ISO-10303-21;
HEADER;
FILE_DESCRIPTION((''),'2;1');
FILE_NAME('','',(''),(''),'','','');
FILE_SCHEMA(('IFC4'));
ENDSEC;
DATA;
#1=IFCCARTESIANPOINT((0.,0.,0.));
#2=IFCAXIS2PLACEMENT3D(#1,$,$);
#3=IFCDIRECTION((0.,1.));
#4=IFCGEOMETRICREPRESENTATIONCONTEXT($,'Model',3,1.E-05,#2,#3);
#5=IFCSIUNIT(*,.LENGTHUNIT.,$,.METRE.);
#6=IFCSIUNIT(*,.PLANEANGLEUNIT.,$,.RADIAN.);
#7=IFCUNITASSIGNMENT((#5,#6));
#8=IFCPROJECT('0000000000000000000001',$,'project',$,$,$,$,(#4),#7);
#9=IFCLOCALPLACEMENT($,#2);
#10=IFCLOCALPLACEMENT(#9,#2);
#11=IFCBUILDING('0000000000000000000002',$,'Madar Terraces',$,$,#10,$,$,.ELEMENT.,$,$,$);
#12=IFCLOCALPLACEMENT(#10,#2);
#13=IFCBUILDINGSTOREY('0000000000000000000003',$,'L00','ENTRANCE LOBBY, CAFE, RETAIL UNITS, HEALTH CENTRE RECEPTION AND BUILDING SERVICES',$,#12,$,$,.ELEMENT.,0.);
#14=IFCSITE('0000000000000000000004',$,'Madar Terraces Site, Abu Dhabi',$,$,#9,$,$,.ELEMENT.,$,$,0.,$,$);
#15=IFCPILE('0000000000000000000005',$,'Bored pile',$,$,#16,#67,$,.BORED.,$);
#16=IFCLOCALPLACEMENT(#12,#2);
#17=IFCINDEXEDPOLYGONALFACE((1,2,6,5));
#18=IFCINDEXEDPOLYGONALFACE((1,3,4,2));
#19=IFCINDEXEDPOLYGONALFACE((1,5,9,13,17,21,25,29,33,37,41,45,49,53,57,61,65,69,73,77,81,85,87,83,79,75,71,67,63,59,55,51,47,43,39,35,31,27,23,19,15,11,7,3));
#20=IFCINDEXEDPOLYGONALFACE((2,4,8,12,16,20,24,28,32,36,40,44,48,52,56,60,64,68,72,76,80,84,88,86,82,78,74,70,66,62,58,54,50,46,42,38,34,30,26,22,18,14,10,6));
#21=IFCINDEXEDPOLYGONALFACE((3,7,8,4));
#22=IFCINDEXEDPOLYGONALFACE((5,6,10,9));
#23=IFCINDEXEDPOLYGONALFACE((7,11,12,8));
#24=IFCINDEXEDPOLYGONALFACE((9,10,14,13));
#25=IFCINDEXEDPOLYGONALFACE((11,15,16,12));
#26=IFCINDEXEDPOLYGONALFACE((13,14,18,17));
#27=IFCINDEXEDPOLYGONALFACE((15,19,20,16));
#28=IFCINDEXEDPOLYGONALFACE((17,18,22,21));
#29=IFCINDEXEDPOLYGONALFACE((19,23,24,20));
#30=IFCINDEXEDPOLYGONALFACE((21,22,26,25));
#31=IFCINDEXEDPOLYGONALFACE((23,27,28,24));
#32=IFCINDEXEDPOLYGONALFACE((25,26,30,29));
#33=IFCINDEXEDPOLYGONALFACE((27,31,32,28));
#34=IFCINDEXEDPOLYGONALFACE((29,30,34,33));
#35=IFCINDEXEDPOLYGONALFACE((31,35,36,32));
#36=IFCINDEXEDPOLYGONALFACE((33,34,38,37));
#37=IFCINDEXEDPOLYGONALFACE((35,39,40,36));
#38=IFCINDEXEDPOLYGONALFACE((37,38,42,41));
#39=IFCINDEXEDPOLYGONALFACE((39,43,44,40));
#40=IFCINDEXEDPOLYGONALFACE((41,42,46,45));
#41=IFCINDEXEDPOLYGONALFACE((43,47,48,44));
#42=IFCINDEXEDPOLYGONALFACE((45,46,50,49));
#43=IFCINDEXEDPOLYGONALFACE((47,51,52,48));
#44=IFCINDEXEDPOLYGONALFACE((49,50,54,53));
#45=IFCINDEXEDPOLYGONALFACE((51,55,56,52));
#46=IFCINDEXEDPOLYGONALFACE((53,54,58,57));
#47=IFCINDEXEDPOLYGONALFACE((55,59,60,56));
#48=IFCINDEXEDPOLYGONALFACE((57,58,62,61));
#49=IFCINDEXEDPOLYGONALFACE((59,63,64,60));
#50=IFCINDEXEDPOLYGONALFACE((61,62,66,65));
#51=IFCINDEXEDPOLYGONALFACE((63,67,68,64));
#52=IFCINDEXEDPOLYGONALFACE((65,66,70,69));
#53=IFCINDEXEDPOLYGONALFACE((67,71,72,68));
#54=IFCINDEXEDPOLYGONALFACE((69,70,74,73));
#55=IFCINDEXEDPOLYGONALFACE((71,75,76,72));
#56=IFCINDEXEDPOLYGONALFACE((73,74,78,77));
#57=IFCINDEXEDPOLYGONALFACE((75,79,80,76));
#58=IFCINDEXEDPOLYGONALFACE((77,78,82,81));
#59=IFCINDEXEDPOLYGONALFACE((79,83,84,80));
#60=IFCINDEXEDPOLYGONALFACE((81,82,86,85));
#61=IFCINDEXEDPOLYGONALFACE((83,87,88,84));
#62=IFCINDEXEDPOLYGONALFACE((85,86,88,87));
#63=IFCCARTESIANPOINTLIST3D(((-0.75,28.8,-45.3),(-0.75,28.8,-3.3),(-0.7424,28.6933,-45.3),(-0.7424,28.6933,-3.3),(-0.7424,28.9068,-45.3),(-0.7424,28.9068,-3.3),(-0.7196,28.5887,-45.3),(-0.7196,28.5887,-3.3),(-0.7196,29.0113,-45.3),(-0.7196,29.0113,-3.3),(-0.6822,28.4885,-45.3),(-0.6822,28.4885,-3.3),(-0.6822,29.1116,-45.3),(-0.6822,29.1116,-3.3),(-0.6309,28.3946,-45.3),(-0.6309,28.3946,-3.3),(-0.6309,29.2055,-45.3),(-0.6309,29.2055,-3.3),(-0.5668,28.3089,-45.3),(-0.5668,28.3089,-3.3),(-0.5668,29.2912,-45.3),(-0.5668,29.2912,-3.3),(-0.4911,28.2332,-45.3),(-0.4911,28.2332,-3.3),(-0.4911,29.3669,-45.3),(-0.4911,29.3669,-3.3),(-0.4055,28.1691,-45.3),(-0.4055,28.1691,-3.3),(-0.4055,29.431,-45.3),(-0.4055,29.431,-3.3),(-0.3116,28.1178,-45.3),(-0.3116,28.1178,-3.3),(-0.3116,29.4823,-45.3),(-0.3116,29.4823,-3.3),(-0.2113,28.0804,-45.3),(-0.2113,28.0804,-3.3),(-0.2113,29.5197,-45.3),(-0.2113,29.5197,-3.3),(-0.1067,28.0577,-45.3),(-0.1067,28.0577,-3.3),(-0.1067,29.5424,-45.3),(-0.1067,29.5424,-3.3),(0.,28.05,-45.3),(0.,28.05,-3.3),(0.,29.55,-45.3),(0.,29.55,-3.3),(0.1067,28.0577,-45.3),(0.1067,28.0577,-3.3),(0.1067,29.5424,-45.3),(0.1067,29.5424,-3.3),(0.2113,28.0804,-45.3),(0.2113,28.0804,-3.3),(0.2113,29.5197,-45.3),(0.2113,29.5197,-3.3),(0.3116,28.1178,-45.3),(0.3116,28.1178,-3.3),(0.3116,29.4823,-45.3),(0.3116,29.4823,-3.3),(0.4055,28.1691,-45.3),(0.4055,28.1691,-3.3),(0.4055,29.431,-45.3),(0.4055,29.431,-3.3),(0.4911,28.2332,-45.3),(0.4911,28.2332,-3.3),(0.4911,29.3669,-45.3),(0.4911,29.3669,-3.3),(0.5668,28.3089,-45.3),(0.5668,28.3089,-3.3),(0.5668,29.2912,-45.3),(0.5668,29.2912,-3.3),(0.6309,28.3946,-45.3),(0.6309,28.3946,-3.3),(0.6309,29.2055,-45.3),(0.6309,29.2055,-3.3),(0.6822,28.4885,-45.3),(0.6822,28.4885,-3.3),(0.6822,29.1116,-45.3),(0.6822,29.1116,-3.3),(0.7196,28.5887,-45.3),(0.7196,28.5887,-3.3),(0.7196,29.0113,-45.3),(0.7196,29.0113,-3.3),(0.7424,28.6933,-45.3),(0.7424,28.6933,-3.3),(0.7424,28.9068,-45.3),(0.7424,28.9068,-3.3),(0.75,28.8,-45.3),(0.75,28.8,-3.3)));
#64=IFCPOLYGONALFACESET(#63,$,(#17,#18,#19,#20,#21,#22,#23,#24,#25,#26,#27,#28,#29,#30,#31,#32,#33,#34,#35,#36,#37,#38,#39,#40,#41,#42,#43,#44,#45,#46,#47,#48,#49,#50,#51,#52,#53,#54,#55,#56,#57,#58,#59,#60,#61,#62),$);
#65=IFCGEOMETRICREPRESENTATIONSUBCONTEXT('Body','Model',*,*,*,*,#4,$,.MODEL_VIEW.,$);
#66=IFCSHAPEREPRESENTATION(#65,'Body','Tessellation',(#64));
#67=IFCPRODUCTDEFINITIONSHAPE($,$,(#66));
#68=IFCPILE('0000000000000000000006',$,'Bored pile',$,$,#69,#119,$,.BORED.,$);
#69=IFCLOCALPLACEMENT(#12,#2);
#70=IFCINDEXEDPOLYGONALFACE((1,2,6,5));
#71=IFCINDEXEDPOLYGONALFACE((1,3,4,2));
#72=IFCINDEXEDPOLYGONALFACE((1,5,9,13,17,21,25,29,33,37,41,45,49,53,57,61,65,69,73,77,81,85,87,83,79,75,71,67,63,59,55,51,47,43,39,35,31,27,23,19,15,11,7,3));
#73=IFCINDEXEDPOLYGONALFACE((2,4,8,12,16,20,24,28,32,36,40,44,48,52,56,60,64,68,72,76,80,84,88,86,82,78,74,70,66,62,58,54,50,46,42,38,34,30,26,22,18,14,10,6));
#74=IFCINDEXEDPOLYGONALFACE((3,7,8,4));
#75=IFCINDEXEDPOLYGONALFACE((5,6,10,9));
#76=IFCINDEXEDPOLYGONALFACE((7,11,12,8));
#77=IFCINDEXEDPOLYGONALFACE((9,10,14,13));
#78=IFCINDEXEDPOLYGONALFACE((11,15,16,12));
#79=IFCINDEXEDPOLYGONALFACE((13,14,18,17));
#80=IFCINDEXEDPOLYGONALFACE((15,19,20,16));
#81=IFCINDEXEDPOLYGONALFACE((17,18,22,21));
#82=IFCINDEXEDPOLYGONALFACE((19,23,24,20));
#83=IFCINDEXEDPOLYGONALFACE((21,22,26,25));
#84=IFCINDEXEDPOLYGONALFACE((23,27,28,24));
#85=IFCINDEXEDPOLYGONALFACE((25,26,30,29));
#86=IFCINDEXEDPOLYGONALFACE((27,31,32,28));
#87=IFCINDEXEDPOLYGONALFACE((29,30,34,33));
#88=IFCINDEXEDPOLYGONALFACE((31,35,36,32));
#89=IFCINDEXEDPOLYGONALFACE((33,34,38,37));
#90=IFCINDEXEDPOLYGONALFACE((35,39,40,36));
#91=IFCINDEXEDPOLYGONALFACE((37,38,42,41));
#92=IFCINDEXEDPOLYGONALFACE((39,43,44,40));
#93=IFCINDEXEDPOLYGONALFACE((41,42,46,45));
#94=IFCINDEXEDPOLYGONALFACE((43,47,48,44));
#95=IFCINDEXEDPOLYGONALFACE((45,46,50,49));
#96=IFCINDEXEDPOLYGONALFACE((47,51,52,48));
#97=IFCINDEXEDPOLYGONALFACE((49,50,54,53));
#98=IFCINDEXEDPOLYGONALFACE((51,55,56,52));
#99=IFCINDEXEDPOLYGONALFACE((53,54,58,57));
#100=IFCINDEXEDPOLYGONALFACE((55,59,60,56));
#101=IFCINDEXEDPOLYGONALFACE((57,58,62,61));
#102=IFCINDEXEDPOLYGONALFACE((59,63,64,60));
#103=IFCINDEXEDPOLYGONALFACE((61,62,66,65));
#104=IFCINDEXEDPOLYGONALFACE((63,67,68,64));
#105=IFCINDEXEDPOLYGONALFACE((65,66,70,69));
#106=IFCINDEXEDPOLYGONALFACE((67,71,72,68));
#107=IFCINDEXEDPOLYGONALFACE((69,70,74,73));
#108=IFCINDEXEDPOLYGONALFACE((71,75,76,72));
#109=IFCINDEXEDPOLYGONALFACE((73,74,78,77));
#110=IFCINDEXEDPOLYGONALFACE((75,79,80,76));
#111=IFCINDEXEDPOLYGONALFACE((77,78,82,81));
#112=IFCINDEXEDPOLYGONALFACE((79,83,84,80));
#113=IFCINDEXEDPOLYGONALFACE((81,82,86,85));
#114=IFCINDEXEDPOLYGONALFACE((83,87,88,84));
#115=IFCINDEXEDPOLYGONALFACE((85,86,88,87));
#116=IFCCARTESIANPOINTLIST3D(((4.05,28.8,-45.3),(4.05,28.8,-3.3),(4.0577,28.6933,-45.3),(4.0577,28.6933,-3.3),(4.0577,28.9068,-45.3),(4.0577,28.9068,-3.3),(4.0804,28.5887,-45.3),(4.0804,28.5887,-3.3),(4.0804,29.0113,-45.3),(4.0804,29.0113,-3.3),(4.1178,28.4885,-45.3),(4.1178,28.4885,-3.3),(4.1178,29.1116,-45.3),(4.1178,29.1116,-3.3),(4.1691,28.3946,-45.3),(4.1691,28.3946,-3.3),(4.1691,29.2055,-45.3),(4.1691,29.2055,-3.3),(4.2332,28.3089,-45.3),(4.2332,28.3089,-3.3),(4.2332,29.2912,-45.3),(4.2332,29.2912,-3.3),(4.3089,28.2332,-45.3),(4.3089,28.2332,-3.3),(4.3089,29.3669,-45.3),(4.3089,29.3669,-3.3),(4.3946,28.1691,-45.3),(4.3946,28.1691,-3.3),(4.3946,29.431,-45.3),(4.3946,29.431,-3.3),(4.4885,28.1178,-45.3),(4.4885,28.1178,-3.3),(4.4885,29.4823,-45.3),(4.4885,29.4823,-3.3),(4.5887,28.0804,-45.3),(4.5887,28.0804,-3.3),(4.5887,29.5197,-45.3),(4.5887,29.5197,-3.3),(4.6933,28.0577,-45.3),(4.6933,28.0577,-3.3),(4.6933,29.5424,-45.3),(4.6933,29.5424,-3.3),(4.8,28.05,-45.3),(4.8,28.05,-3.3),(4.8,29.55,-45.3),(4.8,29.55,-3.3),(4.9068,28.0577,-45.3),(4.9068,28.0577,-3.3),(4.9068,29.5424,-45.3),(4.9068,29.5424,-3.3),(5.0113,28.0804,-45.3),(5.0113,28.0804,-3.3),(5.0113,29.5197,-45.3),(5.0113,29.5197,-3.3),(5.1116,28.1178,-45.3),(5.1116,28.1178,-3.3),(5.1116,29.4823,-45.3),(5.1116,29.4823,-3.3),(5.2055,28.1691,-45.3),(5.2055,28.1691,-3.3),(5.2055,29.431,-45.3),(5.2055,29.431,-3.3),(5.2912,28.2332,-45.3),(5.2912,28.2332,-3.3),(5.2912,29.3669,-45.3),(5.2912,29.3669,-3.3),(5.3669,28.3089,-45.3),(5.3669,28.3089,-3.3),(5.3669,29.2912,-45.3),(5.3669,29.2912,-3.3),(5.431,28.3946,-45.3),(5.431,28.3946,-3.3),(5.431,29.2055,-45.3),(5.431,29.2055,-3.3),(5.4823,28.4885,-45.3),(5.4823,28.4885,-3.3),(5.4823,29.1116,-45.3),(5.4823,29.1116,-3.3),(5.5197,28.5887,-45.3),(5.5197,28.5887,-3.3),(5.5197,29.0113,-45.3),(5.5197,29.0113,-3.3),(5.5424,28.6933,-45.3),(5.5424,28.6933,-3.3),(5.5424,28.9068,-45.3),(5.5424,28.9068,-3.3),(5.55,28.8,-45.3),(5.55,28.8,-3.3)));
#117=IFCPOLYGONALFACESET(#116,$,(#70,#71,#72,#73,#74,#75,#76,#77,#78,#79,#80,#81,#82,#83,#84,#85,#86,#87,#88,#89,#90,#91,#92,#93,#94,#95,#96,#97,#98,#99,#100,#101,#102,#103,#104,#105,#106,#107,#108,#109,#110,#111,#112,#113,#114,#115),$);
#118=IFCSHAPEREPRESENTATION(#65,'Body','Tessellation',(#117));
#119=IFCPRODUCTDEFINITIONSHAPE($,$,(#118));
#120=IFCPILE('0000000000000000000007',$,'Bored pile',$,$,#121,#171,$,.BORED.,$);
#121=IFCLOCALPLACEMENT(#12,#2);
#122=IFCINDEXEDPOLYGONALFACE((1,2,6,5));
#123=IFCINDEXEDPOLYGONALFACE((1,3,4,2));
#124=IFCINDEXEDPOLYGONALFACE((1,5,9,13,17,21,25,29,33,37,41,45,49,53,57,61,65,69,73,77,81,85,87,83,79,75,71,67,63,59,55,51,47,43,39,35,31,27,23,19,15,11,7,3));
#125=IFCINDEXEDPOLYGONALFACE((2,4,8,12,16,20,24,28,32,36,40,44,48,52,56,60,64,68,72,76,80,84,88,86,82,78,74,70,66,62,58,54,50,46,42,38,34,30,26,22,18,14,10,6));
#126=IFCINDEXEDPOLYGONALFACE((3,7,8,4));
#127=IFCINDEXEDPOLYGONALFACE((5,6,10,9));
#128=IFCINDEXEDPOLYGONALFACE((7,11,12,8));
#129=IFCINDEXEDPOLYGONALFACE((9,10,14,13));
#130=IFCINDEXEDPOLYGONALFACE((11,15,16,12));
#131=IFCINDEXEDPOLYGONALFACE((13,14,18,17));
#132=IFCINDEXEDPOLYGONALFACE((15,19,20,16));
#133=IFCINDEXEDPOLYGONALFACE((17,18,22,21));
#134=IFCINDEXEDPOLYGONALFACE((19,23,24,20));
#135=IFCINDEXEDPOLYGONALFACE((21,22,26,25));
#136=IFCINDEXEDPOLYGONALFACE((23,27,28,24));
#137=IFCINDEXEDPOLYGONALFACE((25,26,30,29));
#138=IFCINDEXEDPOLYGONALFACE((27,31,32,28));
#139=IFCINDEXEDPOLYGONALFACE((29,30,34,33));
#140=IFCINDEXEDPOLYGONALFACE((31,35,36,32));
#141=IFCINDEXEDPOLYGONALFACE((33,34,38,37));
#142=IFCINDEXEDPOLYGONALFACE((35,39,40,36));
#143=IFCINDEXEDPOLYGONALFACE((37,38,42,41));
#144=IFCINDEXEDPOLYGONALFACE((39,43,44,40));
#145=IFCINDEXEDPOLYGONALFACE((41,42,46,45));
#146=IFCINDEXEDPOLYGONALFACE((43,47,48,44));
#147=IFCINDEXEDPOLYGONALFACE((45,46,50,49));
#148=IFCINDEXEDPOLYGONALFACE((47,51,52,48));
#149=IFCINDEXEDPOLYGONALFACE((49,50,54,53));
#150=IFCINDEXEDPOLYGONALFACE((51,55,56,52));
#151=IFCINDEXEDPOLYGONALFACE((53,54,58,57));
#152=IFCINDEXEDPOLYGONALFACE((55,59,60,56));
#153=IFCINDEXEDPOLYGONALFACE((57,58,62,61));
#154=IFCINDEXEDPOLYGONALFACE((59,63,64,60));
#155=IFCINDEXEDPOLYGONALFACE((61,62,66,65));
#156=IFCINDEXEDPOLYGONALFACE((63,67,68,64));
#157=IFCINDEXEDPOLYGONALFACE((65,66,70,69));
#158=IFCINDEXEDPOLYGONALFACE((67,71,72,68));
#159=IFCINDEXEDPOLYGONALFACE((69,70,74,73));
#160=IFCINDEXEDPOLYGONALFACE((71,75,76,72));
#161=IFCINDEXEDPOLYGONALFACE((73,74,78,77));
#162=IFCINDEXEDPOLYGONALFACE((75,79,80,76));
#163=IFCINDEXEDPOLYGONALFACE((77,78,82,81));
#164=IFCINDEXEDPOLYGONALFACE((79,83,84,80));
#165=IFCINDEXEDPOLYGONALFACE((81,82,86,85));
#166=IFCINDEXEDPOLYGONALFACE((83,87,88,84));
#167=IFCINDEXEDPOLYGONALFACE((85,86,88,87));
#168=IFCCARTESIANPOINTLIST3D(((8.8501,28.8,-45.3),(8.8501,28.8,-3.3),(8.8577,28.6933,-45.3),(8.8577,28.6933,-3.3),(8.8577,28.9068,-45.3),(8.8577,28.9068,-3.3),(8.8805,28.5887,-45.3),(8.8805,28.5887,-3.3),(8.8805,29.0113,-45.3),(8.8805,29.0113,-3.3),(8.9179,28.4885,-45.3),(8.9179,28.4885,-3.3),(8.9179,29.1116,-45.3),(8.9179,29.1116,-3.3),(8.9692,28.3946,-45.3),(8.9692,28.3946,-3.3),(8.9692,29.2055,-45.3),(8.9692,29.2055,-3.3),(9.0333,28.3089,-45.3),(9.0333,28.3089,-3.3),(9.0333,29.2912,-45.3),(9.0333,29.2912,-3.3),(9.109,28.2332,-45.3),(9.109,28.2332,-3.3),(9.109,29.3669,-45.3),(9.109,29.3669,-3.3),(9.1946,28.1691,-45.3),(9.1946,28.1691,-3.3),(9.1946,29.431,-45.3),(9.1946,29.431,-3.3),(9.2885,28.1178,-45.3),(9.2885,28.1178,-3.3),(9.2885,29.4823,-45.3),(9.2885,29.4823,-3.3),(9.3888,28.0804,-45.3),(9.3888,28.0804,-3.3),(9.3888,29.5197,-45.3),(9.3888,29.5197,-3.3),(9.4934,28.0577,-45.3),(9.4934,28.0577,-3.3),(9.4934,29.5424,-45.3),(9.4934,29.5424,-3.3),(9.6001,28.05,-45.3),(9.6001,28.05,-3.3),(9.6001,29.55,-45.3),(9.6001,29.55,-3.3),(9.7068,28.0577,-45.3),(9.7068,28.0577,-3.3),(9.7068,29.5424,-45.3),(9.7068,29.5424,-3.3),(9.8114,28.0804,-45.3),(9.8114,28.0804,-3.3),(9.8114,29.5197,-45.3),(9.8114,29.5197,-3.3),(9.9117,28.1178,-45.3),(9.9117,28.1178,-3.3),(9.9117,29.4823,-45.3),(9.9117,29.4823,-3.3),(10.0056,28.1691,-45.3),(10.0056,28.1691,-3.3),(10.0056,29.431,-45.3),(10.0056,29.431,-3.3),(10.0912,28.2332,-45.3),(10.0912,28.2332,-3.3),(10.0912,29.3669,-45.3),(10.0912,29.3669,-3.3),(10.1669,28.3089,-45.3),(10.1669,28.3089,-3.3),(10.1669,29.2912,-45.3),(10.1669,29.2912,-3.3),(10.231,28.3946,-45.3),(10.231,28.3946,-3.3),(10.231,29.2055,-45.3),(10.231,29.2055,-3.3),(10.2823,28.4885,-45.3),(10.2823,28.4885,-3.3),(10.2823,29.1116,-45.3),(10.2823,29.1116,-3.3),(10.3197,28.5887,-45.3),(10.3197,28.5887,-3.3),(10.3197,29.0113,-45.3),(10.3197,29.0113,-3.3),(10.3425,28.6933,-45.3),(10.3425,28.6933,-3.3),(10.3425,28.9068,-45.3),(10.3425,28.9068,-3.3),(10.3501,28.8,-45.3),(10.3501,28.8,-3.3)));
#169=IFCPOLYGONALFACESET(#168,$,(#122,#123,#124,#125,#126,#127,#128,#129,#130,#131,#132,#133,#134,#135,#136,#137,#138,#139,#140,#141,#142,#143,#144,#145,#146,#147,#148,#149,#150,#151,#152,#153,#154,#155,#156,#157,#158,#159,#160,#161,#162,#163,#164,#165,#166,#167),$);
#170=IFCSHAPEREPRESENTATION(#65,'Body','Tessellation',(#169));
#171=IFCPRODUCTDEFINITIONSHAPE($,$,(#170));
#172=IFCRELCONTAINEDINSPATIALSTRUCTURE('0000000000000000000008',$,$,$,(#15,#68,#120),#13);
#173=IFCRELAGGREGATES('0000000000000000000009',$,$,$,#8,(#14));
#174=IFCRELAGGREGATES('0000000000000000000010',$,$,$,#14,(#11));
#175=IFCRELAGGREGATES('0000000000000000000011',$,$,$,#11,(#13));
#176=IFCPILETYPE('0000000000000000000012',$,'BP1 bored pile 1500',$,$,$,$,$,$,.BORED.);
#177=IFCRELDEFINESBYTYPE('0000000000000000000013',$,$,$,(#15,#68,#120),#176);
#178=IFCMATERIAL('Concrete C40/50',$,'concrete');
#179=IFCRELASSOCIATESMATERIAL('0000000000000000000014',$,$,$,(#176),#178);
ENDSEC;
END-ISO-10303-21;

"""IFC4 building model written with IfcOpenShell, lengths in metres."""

from ifc_helpers import new_model, si_unit, direction, frame, origin, origin_2d, place, context, subcontext, project, spatial, circle, extrude, material, material_profile, profile_set, type_object, element, save


model = new_model("IFC4")

# Units and contexts
model_context = context("Model", 3, precision=1e-05, world=origin(), true_north=direction((0.0, 1.0)))
body_context = subcontext(model_context, "Body", "Model", "MODEL_VIEW")
ifc_project = project(units=[si_unit("LENGTHUNIT", "METRE"), si_unit("PLANEANGLEUNIT", "RADIAN")], contexts=[model_context])

# Site, building, storey
site_placement = place(None, origin())
site = spatial("IfcSite", under=ifc_project, at=site_placement, Name="Madar Terraces Site, Abu Dhabi", CompositionType="ELEMENT", RefElevation=0.0)
building_placement = place(site_placement, origin())
building = spatial("IfcBuilding", under=site, at=building_placement, Name="Madar Terraces", CompositionType="ELEMENT")
storey_placement = place(building_placement, origin())
storey = spatial("IfcBuildingStorey", under=building, at=storey_placement, Name="L00", Description="ENTRANCE LOBBY, CAFE, RETAIL UNITS, HEALTH CENTRE RECEPTION AND BUILDING SERVICES", CompositionType="ELEMENT", Elevation=0.0)

# Piles
ifc_material_1 = material(Name="Concrete C40/50", Category="concrete")
ifc_material_profile_1 = material_profile(ifc_material_1, circle(Radius=0.75, at=origin_2d()), Name="BP1 bored pile 1500")
ifc_profile_set_1 = profile_set([ifc_material_profile_1], Name="Concrete C40/50")
pile_type = type_object("IfcPileType", Name="BP1 bored pile 1500", PredefinedType="BORED", material=ifc_profile_set_1)
for number, where, z_axis, x_axis, name in (
    (1, (0.0, 28.8, -3.3), (0.0, 0.0, -1.0), (1.0, 0.0, 0.0), "Bored pile"),
    (2, (4.8, 28.8, -3.3), (0.0, 0.0, -1.0), (1.0, 0.0, 0.0), "Bored pile"),
    (3, (9.6001, 28.8, -3.3), (0.0, 0.0, -1.0), (1.0, 0.0, 0.0), "Bored pile"),
):
    element("IfcPile", number, at=place(storey_placement, frame(where, z_axis=z_axis, x_axis=x_axis)), inside=storey, type_object=pile_type, Name=name, PredefinedType="BORED", context=body_context, shape_type="SweptSolid", body=[
        extrude(circle(Radius=0.75, at=origin_2d()), origin(), (0.0, 0.0, 1.0), 42.0),
    ])

save(model, "model.ifc")
